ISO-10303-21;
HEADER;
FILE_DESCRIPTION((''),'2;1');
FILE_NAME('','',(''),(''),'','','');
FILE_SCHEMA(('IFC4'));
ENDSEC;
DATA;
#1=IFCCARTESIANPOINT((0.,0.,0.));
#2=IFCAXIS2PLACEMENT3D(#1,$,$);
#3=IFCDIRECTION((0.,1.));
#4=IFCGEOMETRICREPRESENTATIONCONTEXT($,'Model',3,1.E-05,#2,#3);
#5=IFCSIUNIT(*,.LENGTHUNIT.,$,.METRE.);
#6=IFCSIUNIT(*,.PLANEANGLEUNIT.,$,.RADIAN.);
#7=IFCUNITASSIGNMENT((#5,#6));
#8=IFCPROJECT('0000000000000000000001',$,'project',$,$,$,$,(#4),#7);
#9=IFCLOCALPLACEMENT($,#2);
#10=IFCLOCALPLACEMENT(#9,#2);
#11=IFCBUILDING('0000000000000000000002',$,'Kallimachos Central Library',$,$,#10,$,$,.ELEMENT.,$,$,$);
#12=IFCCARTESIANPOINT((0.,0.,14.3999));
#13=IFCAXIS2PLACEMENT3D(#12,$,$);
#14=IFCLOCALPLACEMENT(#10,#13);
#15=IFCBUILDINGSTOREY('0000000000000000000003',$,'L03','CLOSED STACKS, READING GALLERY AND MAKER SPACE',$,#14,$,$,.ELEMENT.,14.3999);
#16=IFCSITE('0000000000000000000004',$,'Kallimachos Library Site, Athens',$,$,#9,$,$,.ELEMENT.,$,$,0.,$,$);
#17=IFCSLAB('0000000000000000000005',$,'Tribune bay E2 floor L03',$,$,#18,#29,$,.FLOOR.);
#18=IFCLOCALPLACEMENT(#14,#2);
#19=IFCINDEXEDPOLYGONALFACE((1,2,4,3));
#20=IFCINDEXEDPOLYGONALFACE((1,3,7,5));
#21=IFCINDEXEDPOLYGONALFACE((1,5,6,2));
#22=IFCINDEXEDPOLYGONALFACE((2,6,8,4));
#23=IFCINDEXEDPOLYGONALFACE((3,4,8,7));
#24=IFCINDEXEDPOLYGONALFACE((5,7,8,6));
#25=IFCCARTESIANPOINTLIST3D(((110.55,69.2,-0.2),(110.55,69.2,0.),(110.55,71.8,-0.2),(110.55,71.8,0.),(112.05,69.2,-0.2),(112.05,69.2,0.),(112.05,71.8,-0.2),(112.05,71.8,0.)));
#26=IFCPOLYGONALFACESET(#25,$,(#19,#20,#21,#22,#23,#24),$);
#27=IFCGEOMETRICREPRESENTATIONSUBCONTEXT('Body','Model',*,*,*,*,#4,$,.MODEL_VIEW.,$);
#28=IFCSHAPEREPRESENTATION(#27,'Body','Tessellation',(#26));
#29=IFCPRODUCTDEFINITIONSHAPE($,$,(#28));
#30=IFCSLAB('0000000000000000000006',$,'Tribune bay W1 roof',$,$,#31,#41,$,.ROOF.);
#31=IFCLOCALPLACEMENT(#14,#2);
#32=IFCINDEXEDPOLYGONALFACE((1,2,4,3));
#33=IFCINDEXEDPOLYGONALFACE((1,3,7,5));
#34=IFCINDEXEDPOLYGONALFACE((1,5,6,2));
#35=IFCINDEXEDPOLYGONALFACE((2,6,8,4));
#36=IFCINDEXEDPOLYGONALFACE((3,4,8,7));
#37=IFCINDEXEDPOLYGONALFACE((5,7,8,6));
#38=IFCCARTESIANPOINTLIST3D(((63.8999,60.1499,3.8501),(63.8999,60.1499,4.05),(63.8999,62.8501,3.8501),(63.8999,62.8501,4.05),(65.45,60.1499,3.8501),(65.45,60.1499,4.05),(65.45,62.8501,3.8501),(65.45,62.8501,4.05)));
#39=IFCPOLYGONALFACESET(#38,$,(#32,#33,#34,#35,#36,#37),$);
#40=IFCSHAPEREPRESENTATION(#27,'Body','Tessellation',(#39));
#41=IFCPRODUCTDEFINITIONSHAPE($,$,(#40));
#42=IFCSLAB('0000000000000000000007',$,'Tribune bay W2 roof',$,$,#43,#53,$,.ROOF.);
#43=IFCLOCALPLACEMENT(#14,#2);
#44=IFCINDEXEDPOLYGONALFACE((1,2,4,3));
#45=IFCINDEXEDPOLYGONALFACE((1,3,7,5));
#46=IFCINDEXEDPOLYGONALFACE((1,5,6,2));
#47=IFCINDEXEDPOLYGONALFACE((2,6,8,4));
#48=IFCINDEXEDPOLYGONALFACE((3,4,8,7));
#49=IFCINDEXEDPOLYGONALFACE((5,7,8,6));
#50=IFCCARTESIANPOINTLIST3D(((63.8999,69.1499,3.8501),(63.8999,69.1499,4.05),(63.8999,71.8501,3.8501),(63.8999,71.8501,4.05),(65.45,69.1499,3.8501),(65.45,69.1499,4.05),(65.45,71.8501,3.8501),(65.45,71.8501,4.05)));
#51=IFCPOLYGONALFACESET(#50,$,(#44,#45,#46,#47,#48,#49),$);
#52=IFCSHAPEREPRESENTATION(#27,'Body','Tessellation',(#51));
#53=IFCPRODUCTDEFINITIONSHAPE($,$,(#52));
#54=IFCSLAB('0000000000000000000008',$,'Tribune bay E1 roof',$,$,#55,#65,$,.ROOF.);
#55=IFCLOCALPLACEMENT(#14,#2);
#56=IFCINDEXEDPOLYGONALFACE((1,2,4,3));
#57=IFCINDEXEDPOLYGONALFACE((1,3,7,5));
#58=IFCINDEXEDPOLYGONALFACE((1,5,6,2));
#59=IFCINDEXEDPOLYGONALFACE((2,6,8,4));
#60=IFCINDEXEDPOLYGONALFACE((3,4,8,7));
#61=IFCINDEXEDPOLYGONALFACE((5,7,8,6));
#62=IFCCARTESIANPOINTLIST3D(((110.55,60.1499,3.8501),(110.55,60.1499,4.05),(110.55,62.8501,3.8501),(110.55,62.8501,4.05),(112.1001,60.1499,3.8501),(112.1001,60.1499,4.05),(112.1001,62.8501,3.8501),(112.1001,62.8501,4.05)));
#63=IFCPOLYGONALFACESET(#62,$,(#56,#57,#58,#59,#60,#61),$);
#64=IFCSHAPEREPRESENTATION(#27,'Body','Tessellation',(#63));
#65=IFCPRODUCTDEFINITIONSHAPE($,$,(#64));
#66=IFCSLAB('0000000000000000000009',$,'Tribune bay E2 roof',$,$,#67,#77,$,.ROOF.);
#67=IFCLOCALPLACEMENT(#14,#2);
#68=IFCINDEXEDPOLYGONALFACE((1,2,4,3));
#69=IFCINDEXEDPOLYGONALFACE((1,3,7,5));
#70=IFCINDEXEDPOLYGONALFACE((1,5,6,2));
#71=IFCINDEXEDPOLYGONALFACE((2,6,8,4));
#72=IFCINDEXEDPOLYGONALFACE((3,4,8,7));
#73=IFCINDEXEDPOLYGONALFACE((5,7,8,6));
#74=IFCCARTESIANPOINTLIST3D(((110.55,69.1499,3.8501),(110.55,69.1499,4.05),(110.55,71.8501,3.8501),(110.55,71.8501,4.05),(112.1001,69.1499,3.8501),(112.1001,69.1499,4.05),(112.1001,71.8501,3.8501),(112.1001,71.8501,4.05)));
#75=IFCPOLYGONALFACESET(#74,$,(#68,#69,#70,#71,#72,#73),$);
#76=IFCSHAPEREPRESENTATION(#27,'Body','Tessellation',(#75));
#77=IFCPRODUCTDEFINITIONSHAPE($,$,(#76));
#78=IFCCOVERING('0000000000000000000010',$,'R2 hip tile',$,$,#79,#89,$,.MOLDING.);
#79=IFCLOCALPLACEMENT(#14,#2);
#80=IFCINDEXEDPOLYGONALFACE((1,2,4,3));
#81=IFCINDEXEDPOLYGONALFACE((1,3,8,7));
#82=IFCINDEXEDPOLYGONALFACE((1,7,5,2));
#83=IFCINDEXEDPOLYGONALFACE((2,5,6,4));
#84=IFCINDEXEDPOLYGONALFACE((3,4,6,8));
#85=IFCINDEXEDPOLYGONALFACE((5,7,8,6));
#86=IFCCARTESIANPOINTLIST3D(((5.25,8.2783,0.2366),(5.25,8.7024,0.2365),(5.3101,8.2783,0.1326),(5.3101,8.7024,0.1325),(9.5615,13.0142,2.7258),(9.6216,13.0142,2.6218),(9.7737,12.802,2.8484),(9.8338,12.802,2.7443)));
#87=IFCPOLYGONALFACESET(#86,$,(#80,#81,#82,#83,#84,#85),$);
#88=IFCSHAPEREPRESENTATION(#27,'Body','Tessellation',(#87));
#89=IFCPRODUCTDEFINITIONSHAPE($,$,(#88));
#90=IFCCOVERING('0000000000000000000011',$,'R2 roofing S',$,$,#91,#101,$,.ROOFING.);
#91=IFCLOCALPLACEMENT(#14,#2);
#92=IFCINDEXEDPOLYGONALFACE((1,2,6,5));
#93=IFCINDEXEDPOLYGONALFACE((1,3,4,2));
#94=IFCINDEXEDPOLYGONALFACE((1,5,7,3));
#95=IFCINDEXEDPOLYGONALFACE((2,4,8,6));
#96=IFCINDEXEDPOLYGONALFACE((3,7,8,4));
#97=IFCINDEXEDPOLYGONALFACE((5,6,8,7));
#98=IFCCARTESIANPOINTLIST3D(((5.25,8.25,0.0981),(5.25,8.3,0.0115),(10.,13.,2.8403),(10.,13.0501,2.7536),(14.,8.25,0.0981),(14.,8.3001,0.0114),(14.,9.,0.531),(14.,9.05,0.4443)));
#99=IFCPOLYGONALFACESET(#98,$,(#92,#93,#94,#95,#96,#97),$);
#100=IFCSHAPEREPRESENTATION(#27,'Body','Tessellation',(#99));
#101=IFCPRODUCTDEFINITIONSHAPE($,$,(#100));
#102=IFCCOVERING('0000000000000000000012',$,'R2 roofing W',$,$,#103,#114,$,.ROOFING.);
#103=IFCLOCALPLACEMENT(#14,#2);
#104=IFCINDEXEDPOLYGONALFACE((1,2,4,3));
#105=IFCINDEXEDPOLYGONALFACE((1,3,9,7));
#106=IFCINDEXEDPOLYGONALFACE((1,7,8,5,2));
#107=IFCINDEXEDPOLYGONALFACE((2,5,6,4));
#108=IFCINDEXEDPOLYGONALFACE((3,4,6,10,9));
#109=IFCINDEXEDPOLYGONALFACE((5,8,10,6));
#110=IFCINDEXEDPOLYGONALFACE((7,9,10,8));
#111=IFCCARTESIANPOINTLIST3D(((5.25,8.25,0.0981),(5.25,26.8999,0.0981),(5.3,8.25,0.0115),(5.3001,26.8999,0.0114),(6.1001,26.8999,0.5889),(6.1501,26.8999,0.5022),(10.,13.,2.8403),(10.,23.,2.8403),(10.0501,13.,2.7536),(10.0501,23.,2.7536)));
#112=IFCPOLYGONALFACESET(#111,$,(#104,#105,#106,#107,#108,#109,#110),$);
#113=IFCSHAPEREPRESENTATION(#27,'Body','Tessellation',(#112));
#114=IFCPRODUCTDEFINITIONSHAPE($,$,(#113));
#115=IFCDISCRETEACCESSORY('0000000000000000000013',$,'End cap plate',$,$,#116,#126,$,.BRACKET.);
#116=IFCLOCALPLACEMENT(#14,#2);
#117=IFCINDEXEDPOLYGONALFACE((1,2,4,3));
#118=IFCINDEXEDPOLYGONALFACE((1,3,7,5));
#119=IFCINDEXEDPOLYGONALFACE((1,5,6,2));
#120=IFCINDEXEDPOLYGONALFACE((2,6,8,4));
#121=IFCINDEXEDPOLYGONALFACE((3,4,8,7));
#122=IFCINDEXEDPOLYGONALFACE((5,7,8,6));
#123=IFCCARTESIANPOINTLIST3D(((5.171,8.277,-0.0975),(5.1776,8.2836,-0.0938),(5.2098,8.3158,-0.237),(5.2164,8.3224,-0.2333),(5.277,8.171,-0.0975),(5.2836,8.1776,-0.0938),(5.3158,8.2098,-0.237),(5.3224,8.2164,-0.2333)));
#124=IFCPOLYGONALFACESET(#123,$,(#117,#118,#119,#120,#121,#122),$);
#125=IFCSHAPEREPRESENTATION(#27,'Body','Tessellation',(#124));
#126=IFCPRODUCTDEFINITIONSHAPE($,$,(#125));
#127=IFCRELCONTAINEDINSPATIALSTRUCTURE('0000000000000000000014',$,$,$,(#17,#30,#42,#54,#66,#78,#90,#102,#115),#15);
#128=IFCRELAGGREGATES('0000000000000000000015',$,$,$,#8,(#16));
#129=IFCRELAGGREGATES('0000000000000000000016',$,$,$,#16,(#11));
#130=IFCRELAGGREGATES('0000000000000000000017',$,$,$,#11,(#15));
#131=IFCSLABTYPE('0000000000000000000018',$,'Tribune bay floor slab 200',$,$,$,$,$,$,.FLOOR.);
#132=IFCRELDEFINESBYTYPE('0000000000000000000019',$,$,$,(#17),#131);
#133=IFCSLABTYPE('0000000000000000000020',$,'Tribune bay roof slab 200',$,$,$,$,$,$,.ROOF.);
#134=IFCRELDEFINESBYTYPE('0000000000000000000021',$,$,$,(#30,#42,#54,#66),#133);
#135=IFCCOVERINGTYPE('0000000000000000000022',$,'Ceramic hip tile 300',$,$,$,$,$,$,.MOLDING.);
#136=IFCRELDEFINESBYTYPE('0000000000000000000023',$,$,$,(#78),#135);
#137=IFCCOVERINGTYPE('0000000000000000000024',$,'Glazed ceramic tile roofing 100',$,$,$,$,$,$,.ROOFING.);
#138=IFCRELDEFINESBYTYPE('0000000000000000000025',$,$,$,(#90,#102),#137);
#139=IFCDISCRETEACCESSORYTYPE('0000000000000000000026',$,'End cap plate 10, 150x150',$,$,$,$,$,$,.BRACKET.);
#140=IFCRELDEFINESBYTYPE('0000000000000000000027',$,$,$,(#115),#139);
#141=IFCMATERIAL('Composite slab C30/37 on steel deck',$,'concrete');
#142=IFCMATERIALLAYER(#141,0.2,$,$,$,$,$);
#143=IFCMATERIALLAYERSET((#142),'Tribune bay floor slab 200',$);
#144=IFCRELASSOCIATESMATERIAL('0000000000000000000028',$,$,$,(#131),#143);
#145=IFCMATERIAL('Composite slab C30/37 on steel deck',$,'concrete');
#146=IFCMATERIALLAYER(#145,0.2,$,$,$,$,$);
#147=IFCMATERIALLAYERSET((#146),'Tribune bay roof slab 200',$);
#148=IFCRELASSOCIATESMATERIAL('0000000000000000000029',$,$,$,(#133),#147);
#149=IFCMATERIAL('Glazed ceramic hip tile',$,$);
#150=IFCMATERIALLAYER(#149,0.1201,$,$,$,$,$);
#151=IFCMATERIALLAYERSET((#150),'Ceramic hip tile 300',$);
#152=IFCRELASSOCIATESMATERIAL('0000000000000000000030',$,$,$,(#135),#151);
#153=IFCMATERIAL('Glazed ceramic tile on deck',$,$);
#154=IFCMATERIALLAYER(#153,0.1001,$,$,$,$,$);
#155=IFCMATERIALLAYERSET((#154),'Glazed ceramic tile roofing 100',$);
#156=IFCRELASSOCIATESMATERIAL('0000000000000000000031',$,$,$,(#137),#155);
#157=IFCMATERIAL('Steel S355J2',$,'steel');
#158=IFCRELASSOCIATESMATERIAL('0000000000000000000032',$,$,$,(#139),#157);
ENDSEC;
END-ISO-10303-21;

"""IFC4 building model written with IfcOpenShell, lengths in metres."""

from ifc_helpers import new_model, si_unit, direction, frame, origin, origin_2d, place, context, subcontext, project, spatial, polyline, rectangle, outline, extrude, material, layer, layer_set, material_profile, profile_set, type_object, element, save


model = new_model("IFC4")

# Units and contexts
model_context = context("Model", 3, precision=1e-05, world=origin(), true_north=direction((0.0, 1.0)))
body_context = subcontext(model_context, "Body", "Model", "MODEL_VIEW")
ifc_project = project(units=[si_unit("LENGTHUNIT", "METRE"), si_unit("PLANEANGLEUNIT", "RADIAN")], contexts=[model_context])

# Site, building, storey
site_placement = place(None, origin())
site = spatial("IfcSite", under=ifc_project, at=site_placement, Name="Kallimachos Library Site, Athens", CompositionType="ELEMENT", RefElevation=0.0)
building_placement = place(site_placement, origin())
building = spatial("IfcBuilding", under=site, at=building_placement, Name="Kallimachos Central Library", CompositionType="ELEMENT")
storey_placement = place(building_placement, frame((0.0, 0.0, 14.3999)))
storey = spatial("IfcBuildingStorey", under=building, at=storey_placement, Name="L03", Description="CLOSED STACKS, READING GALLERY AND MAKER SPACE", CompositionType="ELEMENT", Elevation=14.3999)

# Slabs
ifc_material_1 = material(Name="Composite slab C30/37 on steel deck", Category="concrete")
ifc_layer_1 = layer(ifc_material_1, 0.2)
ifc_layer_set_1 = layer_set([ifc_layer_1], Name="Tribune bay floor slab 200")
slab_type_1 = type_object("IfcSlabType", Name="Tribune bay floor slab 200", PredefinedType="FLOOR", material=ifc_layer_set_1)
slab_1_placement = place(storey_placement, frame((0.0, 0.0, -0.2)))
element("IfcSlab", 1, at=slab_1_placement, inside=storey, type_object=slab_type_1, Name="Tribune bay E2 floor L03", PredefinedType="FLOOR", context=body_context, shape_type="SweptSolid", body=[
    extrude(outline(polyline([(110.55, 69.2), (110.55, 71.8), (112.05, 71.8), (112.05, 69.2), (110.55, 69.2)])), origin(), (0.0, 0.0, 1.0), 0.2),
])
ifc_material_2 = material(Name="Composite slab C30/37 on steel deck", Category="concrete")
ifc_layer_2 = layer(ifc_material_2, 0.2)
ifc_layer_set_2 = layer_set([ifc_layer_2], Name="Tribune bay roof slab 200")
slab_type_2 = type_object("IfcSlabType", Name="Tribune bay roof slab 200", PredefinedType="ROOF", material=ifc_layer_set_2)
slab_2_placement = place(storey_placement, frame((0.0, 0.0, 3.8501)))
element("IfcSlab", 2, at=slab_2_placement, inside=storey, type_object=slab_type_2, Name="Tribune bay W1 roof", PredefinedType="ROOF", context=body_context, shape_type="SweptSolid", body=[
    extrude(outline(polyline([(65.45, 60.1499), (65.45, 62.8501), (63.8999, 62.8501), (63.8999, 60.1499), (65.45, 60.1499)])), origin(), (0.0, 0.0, 1.0), 0.2),
])
slab_3_placement = place(storey_placement, frame((0.0, 0.0, 3.8501)))
element("IfcSlab", 3, at=slab_3_placement, inside=storey, type_object=slab_type_2, Name="Tribune bay W2 roof", PredefinedType="ROOF", context=body_context, shape_type="SweptSolid", body=[
    extrude(outline(polyline([(65.45, 69.1499), (65.45, 71.8501), (63.8999, 71.8501), (63.8999, 69.1499), (65.45, 69.1499)])), origin(), (0.0, 0.0, 1.0), 0.2),
])
slab_4_placement = place(storey_placement, frame((0.0, 0.0, 3.8501)))
element("IfcSlab", 4, at=slab_4_placement, inside=storey, type_object=slab_type_2, Name="Tribune bay E1 roof", PredefinedType="ROOF", context=body_context, shape_type="SweptSolid", body=[
    extrude(outline(polyline([(110.55, 60.1499), (110.55, 62.8501), (112.1001, 62.8501), (112.1001, 60.1499), (110.55, 60.1499)])), origin(), (0.0, 0.0, 1.0), 0.2),
])
slab_5_placement = place(storey_placement, frame((0.0, 0.0, 3.8501)))
element("IfcSlab", 5, at=slab_5_placement, inside=storey, type_object=slab_type_2, Name="Tribune bay E2 roof", PredefinedType="ROOF", context=body_context, shape_type="SweptSolid", body=[
    extrude(outline(polyline([(110.55, 69.1499), (110.55, 71.8501), (112.1001, 71.8501), (112.1001, 69.1499), (110.55, 69.1499)])), origin(), (0.0, 0.0, 1.0), 0.2),
])

# Coverings
ifc_material_3 = material(Name="Glazed ceramic hip tile")
ifc_layer_3 = layer(ifc_material_3, 0.1201)
ifc_layer_set_3 = layer_set([ifc_layer_3], Name="Ceramic hip tile 300")
covering_type_1 = type_object("IfcCoveringType", Name="Ceramic hip tile 300", PredefinedType="MOLDING", material=ifc_layer_set_3)
covering_1_placement = place(storey_placement, frame((5.25, 8.2783, 0.2366), z_axis=(-0.500056, 0.000069, 0.865993), x_axis=(0.000034, 1.0, -0.00006)))
element("IfcCovering", 6, at=covering_1_placement, inside=storey, type_object=covering_type_1, Name="R2 hip tile", PredefinedType="MOLDING", context=body_context, shape_type="SweptSolid", body=[
    extrude(outline(polyline([(0.0, 0.0), (0.4241, 0.0), (4.7358, -4.9785), (4.5237, -5.2235), (0.0, 0.0)])), origin(), (0.0, 0.0, -1.0), 0.1201),
])
ifc_material_4 = material(Name="Glazed ceramic tile on deck")
ifc_layer_4 = layer(ifc_material_4, 0.1001)
ifc_layer_set_4 = layer_set([ifc_layer_4], Name="Glazed ceramic tile roofing 100")
covering_type_2 = type_object("IfcCoveringType", Name="Glazed ceramic tile roofing 100", PredefinedType="ROOFING", material=ifc_layer_set_4)
covering_2_placement = place(storey_placement, frame((5.25, 8.25, 0.0981), z_axis=(0.000011, -0.499962, 0.866047), x_axis=(1.0, 0.000005, -0.000009)))
element("IfcCovering", 7, at=covering_2_placement, inside=storey, type_object=covering_type_2, Name="R2 roofing S", PredefinedType="ROOFING", context=body_context, shape_type="SweptSolid", body=[
    extrude(outline(polyline([(0.0, 0.0), (8.75, 0.0), (8.75, 0.8659), (4.75, 5.4847), (0.0, 0.0)])), origin(), (0.0, 0.0, -1.0), 0.1001),
])
covering_3_placement = place(storey_placement, frame((5.25, 8.25, 0.0981), z_axis=(-0.499968, 0.000001, 0.866044), x_axis=(0.654662, 0.654661, 0.377936)))
element("IfcCovering", 8, at=covering_3_placement, inside=storey, type_object=covering_type_2, Name="R2 roofing W", PredefinedType="ROOFING", context=body_context, shape_type="SweptSolid", body=[
    extrude(outline(polyline([(0.0, 0.0), (7.2557, 0.0), (13.8023, 7.5592), (12.9514, 13.4553), (12.2094, 14.0979), (0.0, 0.0)])), origin(), (0.0, 0.0, -1.0), 0.1001),
])

# Discrete accessory
ifc_material_5 = material(Name="Steel S355J2", Category="steel")
ifc_material_profile_1 = material_profile(ifc_material_5, rectangle(XDim=0.1499, YDim=0.1499, at=origin_2d()), Name="End cap plate 10, 150x150")
ifc_profile_set_1 = profile_set([ifc_material_profile_1], Name="Steel S355J2")
discrete_accessory_type = type_object("IfcDiscreteAccessoryType", Name="End cap plate 10, 150x150", PredefinedType="BRACKET", material=ifc_profile_set_1)
discrete_accessory_placement = place(storey_placement, frame((5.2434, 8.2434, -0.1672), z_axis=(0.658145, 0.658145, 0.365636), x_axis=(-0.707107, 0.707107, 0.0)))
element("IfcDiscreteAccessory", 9, at=discrete_accessory_placement, inside=storey, type_object=discrete_accessory_type, Name="End cap plate", PredefinedType="BRACKET", context=body_context, shape_type="SweptSolid", body=[
    extrude(rectangle(XDim=0.1499, YDim=0.1499, at=origin_2d()), origin(), (0.0, 0.0, 1.0), 0.01),
])

save(model, "model.ifc")
